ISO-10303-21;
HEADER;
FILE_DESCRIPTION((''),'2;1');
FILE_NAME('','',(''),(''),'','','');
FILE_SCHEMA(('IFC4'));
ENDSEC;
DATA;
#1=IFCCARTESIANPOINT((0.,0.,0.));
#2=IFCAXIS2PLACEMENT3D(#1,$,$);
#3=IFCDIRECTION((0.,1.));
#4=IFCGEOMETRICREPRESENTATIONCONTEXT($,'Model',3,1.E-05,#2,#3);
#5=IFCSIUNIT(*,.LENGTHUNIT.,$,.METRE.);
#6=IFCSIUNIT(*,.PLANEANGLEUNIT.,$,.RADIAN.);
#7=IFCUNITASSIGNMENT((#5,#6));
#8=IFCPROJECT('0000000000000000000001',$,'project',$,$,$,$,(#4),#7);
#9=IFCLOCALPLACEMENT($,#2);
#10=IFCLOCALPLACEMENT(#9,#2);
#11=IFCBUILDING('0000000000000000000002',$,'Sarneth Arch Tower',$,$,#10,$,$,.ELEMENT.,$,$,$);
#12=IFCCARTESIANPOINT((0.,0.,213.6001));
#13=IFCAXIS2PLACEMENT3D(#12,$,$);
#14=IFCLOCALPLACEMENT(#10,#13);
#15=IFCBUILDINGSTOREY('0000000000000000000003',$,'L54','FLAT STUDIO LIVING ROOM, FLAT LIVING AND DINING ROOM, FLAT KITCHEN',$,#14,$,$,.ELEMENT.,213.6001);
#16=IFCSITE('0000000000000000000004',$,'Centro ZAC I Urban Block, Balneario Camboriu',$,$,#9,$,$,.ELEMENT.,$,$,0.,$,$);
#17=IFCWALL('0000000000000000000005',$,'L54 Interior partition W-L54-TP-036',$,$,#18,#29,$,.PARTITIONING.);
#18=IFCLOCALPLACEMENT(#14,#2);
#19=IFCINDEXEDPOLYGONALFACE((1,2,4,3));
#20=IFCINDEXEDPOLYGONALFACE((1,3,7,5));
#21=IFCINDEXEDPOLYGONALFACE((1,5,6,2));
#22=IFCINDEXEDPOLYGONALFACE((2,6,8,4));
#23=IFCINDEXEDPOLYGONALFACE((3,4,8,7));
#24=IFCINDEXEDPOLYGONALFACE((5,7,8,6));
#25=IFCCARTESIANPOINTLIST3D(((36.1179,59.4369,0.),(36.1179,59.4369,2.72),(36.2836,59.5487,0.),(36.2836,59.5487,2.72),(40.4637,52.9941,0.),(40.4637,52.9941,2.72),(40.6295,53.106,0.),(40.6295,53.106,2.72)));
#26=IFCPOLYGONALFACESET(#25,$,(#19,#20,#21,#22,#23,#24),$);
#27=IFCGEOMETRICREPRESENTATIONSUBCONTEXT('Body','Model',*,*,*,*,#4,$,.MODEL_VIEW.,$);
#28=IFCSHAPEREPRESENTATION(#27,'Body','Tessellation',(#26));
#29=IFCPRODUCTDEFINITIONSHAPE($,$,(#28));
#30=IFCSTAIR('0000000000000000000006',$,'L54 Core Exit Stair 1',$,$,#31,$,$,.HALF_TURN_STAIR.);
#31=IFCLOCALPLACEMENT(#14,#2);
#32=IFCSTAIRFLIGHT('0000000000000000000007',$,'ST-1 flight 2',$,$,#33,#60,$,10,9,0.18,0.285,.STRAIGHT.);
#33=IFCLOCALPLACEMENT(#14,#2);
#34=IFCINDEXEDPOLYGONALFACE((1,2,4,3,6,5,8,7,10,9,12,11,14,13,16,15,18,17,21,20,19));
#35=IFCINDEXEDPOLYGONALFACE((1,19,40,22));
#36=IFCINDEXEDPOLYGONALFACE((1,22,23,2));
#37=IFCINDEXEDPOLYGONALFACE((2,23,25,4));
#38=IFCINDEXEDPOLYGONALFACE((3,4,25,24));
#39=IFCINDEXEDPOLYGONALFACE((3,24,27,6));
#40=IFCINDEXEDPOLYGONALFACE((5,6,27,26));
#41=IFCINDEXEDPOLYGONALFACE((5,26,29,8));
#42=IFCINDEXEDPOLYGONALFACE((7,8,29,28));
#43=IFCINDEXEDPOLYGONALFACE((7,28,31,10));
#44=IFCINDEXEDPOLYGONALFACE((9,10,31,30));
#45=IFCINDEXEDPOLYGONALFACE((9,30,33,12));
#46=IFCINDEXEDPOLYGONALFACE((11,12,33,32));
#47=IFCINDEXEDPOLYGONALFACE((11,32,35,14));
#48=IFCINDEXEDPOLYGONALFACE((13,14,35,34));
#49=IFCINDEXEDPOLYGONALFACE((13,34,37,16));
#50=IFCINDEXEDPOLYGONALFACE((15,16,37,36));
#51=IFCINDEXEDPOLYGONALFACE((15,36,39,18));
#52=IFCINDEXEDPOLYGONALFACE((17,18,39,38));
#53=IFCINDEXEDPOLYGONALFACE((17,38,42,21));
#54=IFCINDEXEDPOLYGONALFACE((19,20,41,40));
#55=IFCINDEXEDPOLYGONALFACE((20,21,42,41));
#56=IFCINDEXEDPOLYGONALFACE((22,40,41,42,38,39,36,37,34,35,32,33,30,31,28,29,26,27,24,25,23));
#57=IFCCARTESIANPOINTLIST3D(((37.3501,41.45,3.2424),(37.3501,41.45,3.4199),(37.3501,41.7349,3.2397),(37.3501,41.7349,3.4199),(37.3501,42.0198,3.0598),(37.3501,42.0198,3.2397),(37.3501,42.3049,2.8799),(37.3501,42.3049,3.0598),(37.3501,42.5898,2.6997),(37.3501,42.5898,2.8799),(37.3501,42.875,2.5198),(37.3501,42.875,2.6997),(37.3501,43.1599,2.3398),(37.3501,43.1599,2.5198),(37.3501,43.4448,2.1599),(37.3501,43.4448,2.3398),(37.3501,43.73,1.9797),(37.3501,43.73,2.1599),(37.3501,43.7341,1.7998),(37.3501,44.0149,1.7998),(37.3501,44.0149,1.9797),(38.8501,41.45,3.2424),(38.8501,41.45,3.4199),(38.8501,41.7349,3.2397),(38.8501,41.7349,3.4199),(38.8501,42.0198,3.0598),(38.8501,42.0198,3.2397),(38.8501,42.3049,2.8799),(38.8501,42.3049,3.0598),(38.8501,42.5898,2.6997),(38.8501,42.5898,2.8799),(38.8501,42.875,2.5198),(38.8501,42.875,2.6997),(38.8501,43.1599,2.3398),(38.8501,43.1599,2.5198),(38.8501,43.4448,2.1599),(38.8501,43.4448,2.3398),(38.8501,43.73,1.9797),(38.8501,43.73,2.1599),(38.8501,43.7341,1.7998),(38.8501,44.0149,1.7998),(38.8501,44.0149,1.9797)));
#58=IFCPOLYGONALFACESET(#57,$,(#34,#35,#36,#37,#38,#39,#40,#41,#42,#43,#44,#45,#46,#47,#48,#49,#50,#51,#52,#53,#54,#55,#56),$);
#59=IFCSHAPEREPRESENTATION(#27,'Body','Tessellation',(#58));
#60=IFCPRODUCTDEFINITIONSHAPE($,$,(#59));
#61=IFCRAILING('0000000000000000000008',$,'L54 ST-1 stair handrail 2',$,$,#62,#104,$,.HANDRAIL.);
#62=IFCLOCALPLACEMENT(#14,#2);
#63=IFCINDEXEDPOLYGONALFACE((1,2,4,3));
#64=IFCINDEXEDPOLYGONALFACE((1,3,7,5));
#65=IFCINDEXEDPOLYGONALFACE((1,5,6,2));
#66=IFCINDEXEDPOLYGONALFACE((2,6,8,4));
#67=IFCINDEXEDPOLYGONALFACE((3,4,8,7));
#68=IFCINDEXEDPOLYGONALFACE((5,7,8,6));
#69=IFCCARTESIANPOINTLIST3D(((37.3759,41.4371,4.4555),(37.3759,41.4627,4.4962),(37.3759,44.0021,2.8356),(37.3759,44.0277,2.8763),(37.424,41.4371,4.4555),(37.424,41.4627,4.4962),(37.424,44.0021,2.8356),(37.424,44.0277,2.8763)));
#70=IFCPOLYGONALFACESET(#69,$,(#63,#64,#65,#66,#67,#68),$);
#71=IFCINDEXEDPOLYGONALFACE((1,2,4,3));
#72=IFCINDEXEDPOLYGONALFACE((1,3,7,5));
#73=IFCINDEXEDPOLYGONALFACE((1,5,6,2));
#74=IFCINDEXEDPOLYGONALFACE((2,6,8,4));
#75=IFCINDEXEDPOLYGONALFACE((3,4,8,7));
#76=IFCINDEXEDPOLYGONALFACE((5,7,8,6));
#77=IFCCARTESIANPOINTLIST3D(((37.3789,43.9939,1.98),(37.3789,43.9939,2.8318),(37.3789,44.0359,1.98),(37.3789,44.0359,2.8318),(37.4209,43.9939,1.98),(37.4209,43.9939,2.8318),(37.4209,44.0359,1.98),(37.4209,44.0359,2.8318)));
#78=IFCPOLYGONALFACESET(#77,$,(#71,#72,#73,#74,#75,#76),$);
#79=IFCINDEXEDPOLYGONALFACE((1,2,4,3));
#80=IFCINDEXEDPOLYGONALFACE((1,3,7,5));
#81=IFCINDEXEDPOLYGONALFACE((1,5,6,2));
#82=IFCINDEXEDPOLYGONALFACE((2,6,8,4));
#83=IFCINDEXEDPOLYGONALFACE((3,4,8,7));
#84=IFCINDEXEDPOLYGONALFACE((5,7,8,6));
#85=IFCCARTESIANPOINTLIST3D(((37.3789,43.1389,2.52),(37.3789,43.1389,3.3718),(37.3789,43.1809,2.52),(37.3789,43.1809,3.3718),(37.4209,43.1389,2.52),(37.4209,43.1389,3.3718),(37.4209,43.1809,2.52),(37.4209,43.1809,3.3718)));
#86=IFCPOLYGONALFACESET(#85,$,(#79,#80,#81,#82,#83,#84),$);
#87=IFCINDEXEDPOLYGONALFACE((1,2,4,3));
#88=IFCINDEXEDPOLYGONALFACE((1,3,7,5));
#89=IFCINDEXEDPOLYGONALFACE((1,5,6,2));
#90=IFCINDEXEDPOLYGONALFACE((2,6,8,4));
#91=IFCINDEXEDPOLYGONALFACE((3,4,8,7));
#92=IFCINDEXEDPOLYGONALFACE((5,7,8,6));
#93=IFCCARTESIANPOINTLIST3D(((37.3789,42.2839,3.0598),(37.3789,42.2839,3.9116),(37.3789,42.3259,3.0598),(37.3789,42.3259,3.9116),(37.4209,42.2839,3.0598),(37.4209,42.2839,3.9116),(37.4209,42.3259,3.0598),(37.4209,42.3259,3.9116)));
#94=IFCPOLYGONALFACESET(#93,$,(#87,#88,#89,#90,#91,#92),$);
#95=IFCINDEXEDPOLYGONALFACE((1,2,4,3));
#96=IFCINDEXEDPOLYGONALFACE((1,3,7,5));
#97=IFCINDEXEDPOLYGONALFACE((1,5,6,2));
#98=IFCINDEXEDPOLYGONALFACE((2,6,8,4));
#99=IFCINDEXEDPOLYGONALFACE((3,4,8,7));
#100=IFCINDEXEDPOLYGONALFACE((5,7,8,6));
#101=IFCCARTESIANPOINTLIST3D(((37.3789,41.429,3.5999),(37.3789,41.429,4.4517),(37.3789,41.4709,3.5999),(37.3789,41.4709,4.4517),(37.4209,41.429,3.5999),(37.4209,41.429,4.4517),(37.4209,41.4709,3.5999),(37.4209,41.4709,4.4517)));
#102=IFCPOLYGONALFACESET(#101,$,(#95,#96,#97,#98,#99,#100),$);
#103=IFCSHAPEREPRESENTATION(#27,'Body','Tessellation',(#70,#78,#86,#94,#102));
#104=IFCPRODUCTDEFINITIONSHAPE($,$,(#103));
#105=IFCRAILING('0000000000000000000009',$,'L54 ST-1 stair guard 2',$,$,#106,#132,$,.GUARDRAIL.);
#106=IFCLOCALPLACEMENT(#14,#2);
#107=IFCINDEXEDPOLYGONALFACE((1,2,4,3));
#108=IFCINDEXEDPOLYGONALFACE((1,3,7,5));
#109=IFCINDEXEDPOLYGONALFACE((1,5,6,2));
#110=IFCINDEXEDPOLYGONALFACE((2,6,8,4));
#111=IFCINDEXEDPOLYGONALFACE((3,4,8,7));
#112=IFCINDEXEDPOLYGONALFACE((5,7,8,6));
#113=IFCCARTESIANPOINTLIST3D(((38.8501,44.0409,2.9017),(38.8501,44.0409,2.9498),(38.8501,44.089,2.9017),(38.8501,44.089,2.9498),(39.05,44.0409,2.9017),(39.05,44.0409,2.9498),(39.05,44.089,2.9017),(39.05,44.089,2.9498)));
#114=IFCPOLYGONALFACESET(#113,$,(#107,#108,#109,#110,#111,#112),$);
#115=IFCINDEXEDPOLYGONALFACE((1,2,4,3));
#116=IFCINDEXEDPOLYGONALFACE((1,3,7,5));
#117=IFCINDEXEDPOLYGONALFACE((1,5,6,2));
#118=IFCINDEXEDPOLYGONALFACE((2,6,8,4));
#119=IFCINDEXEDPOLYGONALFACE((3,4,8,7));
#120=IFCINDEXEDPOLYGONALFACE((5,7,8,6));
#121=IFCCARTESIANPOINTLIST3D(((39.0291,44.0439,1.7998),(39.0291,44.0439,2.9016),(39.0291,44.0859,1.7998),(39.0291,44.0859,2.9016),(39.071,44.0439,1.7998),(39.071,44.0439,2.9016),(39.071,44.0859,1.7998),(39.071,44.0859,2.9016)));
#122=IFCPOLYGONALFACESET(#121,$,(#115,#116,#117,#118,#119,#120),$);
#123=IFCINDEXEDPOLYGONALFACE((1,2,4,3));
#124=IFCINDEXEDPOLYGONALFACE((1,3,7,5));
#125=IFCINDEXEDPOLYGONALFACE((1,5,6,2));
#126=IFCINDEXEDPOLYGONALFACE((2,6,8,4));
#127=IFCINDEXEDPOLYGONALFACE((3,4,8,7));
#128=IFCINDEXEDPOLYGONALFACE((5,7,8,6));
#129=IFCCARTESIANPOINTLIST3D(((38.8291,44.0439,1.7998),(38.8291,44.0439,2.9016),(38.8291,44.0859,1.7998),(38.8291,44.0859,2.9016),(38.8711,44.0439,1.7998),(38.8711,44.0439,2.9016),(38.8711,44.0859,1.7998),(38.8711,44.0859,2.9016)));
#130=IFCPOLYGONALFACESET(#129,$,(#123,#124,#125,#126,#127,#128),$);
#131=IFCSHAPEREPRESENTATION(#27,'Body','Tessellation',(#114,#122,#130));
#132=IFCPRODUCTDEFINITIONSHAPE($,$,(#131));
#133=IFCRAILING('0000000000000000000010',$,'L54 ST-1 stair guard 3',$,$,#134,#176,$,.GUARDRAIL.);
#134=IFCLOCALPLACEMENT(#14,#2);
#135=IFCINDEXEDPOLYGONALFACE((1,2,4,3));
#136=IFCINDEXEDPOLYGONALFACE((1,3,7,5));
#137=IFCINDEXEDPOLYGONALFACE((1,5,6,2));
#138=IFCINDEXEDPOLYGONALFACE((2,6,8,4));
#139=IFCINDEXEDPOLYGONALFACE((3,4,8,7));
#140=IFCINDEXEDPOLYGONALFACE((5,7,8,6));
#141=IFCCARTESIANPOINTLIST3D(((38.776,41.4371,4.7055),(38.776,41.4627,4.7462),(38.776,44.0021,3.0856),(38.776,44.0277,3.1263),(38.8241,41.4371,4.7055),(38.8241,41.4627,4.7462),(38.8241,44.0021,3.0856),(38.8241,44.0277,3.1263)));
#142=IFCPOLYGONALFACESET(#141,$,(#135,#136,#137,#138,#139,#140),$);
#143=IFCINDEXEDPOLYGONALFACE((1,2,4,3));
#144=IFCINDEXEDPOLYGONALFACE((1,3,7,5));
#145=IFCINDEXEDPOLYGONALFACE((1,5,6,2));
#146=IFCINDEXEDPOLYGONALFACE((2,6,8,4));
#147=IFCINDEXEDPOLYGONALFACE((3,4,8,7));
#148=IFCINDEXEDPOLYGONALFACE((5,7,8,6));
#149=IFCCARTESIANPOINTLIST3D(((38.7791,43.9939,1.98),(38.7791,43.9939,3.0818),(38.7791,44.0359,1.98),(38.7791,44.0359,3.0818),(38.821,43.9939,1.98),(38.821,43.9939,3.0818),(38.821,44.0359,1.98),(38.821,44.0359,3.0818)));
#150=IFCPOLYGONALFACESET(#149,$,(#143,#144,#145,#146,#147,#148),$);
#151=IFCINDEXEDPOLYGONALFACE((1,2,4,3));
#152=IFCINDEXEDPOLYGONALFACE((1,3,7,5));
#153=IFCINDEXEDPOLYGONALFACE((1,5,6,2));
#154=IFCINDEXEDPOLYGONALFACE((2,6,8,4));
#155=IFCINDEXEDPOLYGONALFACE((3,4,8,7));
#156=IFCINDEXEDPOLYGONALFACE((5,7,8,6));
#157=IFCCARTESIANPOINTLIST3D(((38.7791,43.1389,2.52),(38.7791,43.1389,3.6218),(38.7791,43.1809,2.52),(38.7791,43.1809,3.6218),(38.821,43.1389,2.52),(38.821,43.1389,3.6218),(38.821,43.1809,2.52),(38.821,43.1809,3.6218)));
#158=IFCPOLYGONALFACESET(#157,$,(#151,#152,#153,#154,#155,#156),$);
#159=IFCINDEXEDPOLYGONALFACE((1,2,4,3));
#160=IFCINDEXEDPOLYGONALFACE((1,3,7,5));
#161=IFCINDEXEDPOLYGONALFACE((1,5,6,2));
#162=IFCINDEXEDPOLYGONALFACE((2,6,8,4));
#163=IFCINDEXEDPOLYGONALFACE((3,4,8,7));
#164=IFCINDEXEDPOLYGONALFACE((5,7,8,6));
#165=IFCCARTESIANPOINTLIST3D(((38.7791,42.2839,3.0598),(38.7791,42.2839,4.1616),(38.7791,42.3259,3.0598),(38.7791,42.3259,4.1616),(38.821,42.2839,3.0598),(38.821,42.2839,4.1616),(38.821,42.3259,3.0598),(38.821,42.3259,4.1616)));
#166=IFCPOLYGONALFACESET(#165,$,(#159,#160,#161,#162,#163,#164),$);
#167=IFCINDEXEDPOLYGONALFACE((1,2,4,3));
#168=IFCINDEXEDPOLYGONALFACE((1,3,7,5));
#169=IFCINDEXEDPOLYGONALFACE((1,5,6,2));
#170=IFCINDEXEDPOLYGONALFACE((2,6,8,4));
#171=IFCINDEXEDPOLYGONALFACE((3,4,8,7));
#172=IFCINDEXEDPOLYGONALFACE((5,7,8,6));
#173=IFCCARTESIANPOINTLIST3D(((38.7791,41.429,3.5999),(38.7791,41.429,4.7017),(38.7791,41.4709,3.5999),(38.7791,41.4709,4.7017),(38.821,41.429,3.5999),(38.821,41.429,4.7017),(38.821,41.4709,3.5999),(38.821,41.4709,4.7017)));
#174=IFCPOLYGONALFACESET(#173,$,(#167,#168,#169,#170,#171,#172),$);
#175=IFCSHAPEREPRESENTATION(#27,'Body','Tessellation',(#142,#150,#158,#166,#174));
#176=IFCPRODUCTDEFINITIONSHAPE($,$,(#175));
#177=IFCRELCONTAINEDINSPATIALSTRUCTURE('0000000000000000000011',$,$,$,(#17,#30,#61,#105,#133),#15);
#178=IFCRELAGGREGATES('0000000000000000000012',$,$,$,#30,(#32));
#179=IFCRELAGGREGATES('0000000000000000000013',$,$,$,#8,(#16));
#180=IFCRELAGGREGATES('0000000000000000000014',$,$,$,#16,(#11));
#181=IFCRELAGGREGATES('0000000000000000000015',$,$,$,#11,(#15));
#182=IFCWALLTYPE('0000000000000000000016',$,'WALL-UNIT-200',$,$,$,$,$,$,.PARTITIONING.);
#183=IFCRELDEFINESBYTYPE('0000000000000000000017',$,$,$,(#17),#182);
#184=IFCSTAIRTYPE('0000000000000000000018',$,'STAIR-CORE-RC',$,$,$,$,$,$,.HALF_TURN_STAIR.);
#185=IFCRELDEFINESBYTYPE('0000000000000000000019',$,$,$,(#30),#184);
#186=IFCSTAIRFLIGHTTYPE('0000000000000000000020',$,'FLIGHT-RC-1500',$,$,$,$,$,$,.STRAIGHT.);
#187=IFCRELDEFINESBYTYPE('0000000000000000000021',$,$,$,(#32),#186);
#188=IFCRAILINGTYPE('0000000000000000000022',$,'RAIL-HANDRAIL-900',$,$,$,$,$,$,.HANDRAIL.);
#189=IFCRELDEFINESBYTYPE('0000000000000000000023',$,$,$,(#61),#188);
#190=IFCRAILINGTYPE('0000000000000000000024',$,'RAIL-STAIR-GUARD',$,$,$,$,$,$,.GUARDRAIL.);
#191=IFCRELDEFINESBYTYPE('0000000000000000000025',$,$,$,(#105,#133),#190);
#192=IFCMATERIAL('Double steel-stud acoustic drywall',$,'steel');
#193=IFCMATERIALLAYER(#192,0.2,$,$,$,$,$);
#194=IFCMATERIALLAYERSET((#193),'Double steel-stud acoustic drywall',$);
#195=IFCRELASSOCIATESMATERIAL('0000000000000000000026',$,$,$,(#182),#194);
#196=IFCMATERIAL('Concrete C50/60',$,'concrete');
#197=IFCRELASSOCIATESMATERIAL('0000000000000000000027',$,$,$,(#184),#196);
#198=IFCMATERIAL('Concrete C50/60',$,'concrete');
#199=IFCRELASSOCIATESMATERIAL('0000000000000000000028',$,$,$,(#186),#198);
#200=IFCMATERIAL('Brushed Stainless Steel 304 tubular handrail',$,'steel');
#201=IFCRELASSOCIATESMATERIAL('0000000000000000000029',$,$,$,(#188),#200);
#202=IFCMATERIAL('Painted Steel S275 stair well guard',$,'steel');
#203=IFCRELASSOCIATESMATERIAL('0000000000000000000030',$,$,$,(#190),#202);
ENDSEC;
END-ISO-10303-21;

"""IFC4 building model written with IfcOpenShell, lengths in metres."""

from ifc_helpers import new_model, si_unit, direction, frame, frame_2d, origin, origin_2d, place, context, subcontext, project, spatial, polyline, rectangle, outline, extrude, material, layer, layer_set, type_object, element, aggregate, save


model = new_model("IFC4")

# Units and contexts
model_context = context("Model", 3, precision=1e-05, world=origin(), true_north=direction((0.0, 1.0)))
body_context = subcontext(model_context, "Body", "Model", "MODEL_VIEW")
ifc_project = project(units=[si_unit("LENGTHUNIT", "METRE"), si_unit("PLANEANGLEUNIT", "RADIAN")], contexts=[model_context])

# Site, building, storey
site_placement = place(None, origin())
site = spatial("IfcSite", under=ifc_project, at=site_placement, Name="Centro ZAC I Urban Block, Balneario Camboriu", CompositionType="ELEMENT", RefElevation=0.0)
building_placement = place(site_placement, origin())
building = spatial("IfcBuilding", under=site, at=building_placement, Name="Sarneth Arch Tower", CompositionType="ELEMENT")
storey_placement = place(building_placement, frame((0.0, 0.0, 213.6001)))
storey = spatial("IfcBuildingStorey", under=building, at=storey_placement, Name="L54", Description="FLAT STUDIO LIVING ROOM, FLAT LIVING AND DINING ROOM, FLAT KITCHEN", CompositionType="ELEMENT", Elevation=213.6001)

# Wall
ifc_material_1 = material(Name="Double steel-stud acoustic drywall", Category="steel")
ifc_layer_1 = layer(ifc_material_1, 0.2)
ifc_layer_set_1 = layer_set([ifc_layer_1], Name="Double steel-stud acoustic drywall")
wall_type_1 = type_object("IfcWallType", Name="WALL-UNIT-200", PredefinedType="PARTITIONING", material=ifc_layer_set_1)
wall_1_placement = place(storey_placement, frame((40.5466, 53.05, 0.0), z_axis=(0.0, 0.0, 1.0), x_axis=(-0.559208, 0.829027, 0.0)))
element("IfcWall", 1, at=wall_1_placement, inside=storey, type_object=wall_type_1, Name="L54 Interior partition W-L54-TP-036", PredefinedType="PARTITIONING", context=body_context, shape_type="SweptSolid", body=[
    extrude(rectangle(XDim=7.7715, YDim=0.2, at=frame_2d((3.8857, 0.0))), origin(), (0.0, 0.0, 1.0), 2.72),
])

# Stair, stair flight
ifc_material_2 = material(Name="Concrete C50/60", Category="concrete")
stair_type = type_object("IfcStairType", Name="STAIR-CORE-RC", PredefinedType="HALF_TURN_STAIR", material=ifc_material_2)
stair_placement = place(storey_placement, origin())
stair = element("IfcStair", 2, at=stair_placement, inside=storey, type_object=stair_type, Name="L54 Core Exit Stair 1", PredefinedType="HALF_TURN_STAIR")
ifc_material_3 = material(Name="Concrete C50/60", Category="concrete")
stair_flight_type = type_object("IfcStairFlightType", Name="FLIGHT-RC-1500", PredefinedType="STRAIGHT", material=ifc_material_3)
stair_flight_placement = place(storey_placement, frame((38.1001, 44.0149, 1.7998), z_axis=(0.0, 0.0, 1.0), x_axis=(0.0, -1.0, 0.0)))
stair_flight = element("IfcStairFlight", 3, at=stair_flight_placement, type_object=stair_flight_type, Name="ST-1 flight 2", NumberOfRisers=10, NumberOfTreads=9, PredefinedType="STRAIGHT", RiserHeight=0.18, TreadLength=0.285, context=body_context, shape_type="SweptSolid", body=[
    extrude(outline(polyline([(0.0, 0.0), (0.0, 0.1799), (0.2849, 0.1799), (0.2849, 0.3601), (0.5701, 0.3601), (0.5701, 0.54), (0.855, 0.54), (0.855, 0.72), (1.1399, 0.72), (1.1399, 0.8999), (1.425, 0.8999), (1.425, 1.0801), (1.71, 1.0801), (1.71, 1.26), (1.9951, 1.26), (1.9951, 1.4399), (2.28, 1.4399), (2.28, 1.6201), (2.5649, 1.6201), (2.5649, 1.8), (2.5649, 1.4426), (0.2808, 0.0), (0.0, 0.0)])), frame((0.0, 0.75, 0.0), z_axis=(0.0, -1.0, 0.0), x_axis=(1.0, 0.0, 0.0)), (0.0, 0.0, 1.0), 1.5),
])
aggregate(stair, [stair_flight])

# Railings
ifc_material_4 = material(Name="Brushed Stainless Steel 304 tubular handrail", Category="steel")
railing_type_1 = type_object("IfcRailingType", Name="RAIL-HANDRAIL-900", PredefinedType="HANDRAIL", material=ifc_material_4)
railing_1_placement = place(storey_placement, frame((37.3999, 44.0149, 1.98)))
element("IfcRailing", 4, at=railing_1_placement, inside=storey, type_object=railing_type_1, Name="L54 ST-1 stair handrail 2", PredefinedType="HANDRAIL", context=body_context, shape_type="SweptSolid", body=[
    extrude(rectangle(XDim=0.0481, YDim=0.0481, at=origin_2d()), frame((0.0, 0.0, 0.876), z_axis=(0.0, -0.845502, 0.533972), x_axis=(1.0, 0.0, 0.0)), (0.0, 0.0, 1.0), 3.0337),
    extrude(rectangle(XDim=0.042, YDim=0.042, at=origin_2d()), origin(), (0.0, 0.0, 1.0), 0.8518),
    extrude(rectangle(XDim=0.042, YDim=0.042, at=origin_2d()), frame((0.0, -0.855, 0.54)), (0.0, 0.0, 1.0), 0.8518),
    extrude(rectangle(XDim=0.042, YDim=0.042, at=origin_2d()), frame((0.0, -1.71, 1.0798)), (0.0, 0.0, 1.0), 0.8518),
    extrude(rectangle(XDim=0.042, YDim=0.042, at=origin_2d()), frame((0.0, -2.5649, 1.6199)), (0.0, 0.0, 1.0), 0.8518),
])
ifc_material_5 = material(Name="Painted Steel S275 stair well guard", Category="steel")
railing_type_2 = type_object("IfcRailingType", Name="RAIL-STAIR-GUARD", PredefinedType="GUARDRAIL", material=ifc_material_5)
railing_2_placement = place(storey_placement, frame((39.05, 44.0649, 1.7998)))
element("IfcRailing", 5, at=railing_2_placement, inside=storey, type_object=railing_type_2, Name="L54 ST-1 stair guard 2", PredefinedType="GUARDRAIL", context=body_context, shape_type="SweptSolid", body=[
    extrude(rectangle(XDim=0.0481, YDim=0.0481, at=origin_2d()), frame((0.0, 0.0, 1.126), z_axis=(-1.0, 0.0, 0.0), x_axis=(0.0, -1.0, 0.0)), (0.0, 0.0, 1.0), 0.2),
    extrude(rectangle(XDim=0.042, YDim=0.042, at=origin_2d()), origin(), (0.0, 0.0, 1.0), 1.1018),
    extrude(rectangle(XDim=0.042, YDim=0.042, at=origin_2d()), frame((-0.2, 0.0, 0.0)), (0.0, 0.0, 1.0), 1.1018),
])
railing_3_placement = place(storey_placement, frame((38.8, 44.0149, 1.98)))
element("IfcRailing", 6, at=railing_3_placement, inside=storey, type_object=railing_type_2, Name="L54 ST-1 stair guard 3", PredefinedType="GUARDRAIL", context=body_context, shape_type="SweptSolid", body=[
    extrude(rectangle(XDim=0.0481, YDim=0.0481, at=origin_2d()), frame((0.0, 0.0, 1.126), z_axis=(0.0, -0.845502, 0.533972), x_axis=(1.0, 0.0, 0.0)), (0.0, 0.0, 1.0), 3.0337),
    extrude(rectangle(XDim=0.042, YDim=0.042, at=origin_2d()), origin(), (0.0, 0.0, 1.0), 1.1018),
    extrude(rectangle(XDim=0.042, YDim=0.042, at=origin_2d()), frame((0.0, -0.855, 0.54)), (0.0, 0.0, 1.0), 1.1018),
    extrude(rectangle(XDim=0.042, YDim=0.042, at=origin_2d()), frame((0.0, -1.71, 1.0798)), (0.0, 0.0, 1.0), 1.1018),
    extrude(rectangle(XDim=0.042, YDim=0.042, at=origin_2d()), frame((0.0, -2.5649, 1.6199)), (0.0, 0.0, 1.0), 1.1018),
])

save(model, "model.ifc")
